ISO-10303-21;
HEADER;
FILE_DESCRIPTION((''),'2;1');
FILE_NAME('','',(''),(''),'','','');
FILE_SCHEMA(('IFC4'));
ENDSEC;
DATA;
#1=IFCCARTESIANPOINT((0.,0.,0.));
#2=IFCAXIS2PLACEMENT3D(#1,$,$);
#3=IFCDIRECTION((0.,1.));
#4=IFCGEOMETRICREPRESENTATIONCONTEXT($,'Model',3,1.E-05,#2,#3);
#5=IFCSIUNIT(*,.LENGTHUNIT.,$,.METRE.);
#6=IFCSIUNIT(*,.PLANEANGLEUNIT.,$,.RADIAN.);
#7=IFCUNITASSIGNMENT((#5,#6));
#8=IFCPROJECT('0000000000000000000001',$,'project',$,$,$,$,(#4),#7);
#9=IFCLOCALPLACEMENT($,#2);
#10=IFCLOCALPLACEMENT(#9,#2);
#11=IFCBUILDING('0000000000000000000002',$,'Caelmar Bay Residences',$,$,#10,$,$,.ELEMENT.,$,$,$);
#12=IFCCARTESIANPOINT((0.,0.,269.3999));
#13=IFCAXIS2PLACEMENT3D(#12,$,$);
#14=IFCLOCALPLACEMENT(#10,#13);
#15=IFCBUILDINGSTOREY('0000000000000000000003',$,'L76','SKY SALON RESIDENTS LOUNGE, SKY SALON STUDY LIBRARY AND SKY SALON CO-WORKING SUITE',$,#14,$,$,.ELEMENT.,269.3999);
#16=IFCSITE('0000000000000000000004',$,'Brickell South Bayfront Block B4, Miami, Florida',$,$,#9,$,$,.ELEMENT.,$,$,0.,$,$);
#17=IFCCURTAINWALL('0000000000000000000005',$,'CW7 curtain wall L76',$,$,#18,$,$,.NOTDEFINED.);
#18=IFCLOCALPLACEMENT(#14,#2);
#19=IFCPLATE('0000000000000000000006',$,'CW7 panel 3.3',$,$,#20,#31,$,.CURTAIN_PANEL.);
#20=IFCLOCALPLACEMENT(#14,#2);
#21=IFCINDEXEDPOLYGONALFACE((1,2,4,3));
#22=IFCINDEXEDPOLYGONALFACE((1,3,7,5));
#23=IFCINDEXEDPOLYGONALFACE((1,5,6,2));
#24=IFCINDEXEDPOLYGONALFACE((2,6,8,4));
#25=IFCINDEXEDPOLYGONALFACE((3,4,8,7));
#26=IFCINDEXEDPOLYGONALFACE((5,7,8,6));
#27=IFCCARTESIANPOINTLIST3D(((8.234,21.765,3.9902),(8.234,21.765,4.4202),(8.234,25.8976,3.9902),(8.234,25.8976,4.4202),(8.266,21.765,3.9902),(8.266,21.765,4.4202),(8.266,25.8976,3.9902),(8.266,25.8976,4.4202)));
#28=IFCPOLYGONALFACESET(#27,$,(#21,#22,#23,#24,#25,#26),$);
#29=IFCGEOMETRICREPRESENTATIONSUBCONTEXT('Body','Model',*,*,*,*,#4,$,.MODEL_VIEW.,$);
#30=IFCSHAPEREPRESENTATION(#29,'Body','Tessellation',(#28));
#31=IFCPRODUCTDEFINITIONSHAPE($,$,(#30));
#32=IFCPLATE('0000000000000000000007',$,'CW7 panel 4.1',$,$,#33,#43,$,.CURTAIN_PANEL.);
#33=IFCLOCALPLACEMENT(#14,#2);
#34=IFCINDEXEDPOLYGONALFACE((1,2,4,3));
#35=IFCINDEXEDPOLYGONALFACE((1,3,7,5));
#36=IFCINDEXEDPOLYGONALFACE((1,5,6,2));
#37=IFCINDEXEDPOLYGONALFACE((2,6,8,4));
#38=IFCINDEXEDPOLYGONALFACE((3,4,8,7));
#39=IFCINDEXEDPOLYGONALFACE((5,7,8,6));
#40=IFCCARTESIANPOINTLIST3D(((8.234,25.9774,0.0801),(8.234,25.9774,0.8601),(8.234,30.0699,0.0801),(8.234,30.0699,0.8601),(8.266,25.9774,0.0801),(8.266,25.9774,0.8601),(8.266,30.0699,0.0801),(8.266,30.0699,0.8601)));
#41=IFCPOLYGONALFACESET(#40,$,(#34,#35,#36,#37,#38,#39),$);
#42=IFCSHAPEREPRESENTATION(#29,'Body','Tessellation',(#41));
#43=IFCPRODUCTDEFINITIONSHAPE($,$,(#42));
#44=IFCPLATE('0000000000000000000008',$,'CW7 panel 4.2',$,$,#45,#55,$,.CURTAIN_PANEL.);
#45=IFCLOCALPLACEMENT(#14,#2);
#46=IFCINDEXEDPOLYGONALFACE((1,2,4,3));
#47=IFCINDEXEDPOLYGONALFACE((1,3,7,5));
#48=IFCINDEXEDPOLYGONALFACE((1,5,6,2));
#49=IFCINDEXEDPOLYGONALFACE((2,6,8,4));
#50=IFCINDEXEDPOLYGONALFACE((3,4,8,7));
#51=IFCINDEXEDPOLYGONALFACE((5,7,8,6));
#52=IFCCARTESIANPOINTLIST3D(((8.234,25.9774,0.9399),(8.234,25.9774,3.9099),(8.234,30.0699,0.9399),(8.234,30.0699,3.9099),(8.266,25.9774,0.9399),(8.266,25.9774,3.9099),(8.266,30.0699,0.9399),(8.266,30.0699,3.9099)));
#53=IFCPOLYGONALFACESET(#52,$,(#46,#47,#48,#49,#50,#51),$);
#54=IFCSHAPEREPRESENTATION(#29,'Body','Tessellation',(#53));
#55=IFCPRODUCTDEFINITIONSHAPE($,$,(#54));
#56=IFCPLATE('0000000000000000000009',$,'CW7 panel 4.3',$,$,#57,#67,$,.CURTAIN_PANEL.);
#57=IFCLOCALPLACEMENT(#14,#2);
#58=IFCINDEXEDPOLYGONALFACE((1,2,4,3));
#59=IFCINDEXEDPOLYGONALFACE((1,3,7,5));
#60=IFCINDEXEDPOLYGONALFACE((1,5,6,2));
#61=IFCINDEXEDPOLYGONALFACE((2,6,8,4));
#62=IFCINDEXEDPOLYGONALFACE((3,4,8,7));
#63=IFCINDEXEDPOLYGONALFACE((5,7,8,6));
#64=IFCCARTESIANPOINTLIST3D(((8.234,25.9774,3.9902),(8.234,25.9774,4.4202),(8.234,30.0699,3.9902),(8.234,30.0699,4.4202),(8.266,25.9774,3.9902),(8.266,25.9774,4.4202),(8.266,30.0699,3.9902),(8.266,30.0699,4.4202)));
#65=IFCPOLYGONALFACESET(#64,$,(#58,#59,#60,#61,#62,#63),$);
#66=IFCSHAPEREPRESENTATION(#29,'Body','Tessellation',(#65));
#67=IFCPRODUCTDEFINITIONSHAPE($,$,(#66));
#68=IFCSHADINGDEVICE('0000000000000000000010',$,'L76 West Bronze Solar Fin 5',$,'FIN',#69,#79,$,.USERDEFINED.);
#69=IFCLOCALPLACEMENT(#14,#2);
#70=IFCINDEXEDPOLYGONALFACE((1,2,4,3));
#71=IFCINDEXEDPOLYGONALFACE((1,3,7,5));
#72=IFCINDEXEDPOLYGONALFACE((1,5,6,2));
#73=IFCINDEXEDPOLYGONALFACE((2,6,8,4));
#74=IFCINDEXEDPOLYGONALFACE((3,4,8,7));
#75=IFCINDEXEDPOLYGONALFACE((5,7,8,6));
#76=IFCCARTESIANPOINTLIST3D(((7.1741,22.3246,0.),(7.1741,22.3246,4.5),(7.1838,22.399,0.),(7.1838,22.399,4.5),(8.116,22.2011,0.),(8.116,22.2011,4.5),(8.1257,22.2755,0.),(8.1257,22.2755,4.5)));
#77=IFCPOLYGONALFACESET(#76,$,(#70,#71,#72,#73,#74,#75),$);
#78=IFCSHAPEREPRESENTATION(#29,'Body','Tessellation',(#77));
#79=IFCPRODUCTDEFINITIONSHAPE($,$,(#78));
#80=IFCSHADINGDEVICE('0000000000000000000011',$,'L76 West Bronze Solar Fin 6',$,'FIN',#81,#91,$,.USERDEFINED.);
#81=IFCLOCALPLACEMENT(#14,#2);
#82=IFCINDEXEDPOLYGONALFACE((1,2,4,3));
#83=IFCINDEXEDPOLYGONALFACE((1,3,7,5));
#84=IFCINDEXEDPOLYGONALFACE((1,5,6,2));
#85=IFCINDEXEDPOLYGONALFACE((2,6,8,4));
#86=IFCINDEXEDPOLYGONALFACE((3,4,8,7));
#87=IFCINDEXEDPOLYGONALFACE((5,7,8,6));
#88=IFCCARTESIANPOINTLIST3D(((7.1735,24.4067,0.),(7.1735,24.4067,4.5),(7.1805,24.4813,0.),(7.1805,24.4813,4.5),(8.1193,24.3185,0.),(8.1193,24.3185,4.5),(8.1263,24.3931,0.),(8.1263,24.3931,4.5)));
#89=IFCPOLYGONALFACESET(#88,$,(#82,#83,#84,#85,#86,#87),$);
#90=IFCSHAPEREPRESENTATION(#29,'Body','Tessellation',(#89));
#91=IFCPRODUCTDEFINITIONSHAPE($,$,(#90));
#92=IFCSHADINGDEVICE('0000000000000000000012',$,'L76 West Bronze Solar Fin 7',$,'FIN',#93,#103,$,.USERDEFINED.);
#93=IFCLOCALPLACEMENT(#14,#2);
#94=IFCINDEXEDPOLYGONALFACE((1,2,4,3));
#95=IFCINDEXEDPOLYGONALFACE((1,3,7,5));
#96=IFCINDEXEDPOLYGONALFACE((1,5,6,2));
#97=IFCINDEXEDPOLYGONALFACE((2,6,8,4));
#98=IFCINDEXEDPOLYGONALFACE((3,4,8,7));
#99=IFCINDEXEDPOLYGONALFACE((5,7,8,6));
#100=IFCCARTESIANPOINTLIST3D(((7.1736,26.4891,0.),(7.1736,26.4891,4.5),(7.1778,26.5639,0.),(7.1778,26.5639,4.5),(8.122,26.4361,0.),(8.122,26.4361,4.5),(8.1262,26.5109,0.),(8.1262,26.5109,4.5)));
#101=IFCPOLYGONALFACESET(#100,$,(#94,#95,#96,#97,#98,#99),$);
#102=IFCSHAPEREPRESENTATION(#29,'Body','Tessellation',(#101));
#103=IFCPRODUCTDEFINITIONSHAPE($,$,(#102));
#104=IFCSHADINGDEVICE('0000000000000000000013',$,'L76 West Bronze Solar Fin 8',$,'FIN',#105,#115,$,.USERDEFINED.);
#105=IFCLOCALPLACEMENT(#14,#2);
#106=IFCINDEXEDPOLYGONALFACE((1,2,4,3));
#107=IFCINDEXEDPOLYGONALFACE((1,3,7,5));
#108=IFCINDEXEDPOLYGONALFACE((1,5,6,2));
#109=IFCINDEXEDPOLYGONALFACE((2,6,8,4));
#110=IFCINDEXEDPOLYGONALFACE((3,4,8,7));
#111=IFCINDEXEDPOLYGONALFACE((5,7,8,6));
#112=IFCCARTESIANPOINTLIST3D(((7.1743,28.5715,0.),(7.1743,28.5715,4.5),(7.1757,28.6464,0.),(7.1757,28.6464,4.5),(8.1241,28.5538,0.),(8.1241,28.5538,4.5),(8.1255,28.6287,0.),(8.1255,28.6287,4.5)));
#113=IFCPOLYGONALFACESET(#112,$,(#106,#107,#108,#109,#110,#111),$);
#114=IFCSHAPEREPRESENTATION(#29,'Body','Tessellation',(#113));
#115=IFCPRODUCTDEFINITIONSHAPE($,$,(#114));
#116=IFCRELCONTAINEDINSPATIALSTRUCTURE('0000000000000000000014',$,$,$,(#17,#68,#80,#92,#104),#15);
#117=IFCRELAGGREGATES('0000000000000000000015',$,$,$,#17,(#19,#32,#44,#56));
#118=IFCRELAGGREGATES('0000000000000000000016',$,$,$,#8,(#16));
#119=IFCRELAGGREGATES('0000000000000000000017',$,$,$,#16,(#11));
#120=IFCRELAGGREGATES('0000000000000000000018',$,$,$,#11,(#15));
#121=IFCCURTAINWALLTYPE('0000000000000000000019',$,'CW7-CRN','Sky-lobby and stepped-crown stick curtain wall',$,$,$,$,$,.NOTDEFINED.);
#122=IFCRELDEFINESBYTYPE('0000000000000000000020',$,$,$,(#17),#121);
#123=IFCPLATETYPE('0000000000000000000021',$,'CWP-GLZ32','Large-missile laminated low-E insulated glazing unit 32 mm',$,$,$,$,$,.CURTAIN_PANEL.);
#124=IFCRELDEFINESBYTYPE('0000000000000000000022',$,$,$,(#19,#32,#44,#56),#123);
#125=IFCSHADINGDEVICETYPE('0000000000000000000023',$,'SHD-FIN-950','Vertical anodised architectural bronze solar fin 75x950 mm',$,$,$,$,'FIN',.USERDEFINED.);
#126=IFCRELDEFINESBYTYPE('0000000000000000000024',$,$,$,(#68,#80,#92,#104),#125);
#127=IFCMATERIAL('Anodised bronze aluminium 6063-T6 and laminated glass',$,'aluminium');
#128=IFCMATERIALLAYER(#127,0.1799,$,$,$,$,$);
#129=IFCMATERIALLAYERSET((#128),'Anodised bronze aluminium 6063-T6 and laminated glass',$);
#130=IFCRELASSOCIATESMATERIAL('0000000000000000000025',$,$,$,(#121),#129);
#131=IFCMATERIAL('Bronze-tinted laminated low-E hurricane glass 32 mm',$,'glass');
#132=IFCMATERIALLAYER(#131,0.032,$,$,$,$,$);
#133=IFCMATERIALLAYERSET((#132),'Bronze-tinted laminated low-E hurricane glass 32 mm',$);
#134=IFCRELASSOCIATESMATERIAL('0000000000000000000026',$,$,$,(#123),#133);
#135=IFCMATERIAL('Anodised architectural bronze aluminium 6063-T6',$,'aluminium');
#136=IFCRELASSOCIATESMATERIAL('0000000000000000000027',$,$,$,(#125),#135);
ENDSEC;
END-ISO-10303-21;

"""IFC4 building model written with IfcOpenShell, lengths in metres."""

from ifc_helpers import new_model, si_unit, direction, frame, origin, origin_2d, place, context, subcontext, project, spatial, rectangle, extrude, material, layer, layer_set, material_profile, profile_set, type_object, element, aggregate, save


model = new_model("IFC4")

# Units and contexts
model_context = context("Model", 3, precision=1e-05, world=origin(), true_north=direction((0.0, 1.0)))
body_context = subcontext(model_context, "Body", "Model", "MODEL_VIEW")
ifc_project = project(units=[si_unit("LENGTHUNIT", "METRE"), si_unit("PLANEANGLEUNIT", "RADIAN")], contexts=[model_context])

# Site, building, storey
site_placement = place(None, origin())
site = spatial("IfcSite", under=ifc_project, at=site_placement, Name="Brickell South Bayfront Block B4, Miami, Florida", CompositionType="ELEMENT", RefElevation=0.0)
building_placement = place(site_placement, origin())
building = spatial("IfcBuilding", under=site, at=building_placement, Name="Caelmar Bay Residences", CompositionType="ELEMENT")
storey_placement = place(building_placement, frame((0.0, 0.0, 269.3999)))
storey = spatial("IfcBuildingStorey", under=building, at=storey_placement, Name="L76", Description="SKY SALON RESIDENTS LOUNGE, SKY SALON STUDY LIBRARY AND SKY SALON CO-WORKING SUITE", CompositionType="ELEMENT", Elevation=269.3999)

# Curtain wall, plates
ifc_material_1 = material(Name="Anodised bronze aluminium 6063-T6 and laminated glass", Category="aluminium")
ifc_layer_1 = layer(ifc_material_1, 0.1799)
ifc_layer_set_1 = layer_set([ifc_layer_1], Name="Anodised bronze aluminium 6063-T6 and laminated glass")
curtain_wall_type = type_object("IfcCurtainWallType", Name="CW7-CRN", Description="Sky-lobby and stepped-crown stick curtain wall", PredefinedType="NOTDEFINED", material=ifc_layer_set_1)
curtain_wall_placement = place(storey_placement, origin())
curtain_wall = element("IfcCurtainWall", 1, at=curtain_wall_placement, inside=storey, type_object=curtain_wall_type, Name="CW7 curtain wall L76", PredefinedType="NOTDEFINED")
ifc_material_2 = material(Name="Bronze-tinted laminated low-E hurricane glass 32 mm", Category="glass")
ifc_layer_2 = layer(ifc_material_2, 0.032)
ifc_layer_set_2 = layer_set([ifc_layer_2], Name="Bronze-tinted laminated low-E hurricane glass 32 mm")
plate_type = type_object("IfcPlateType", Name="CWP-GLZ32", Description="Large-missile laminated low-E insulated glazing unit 32 mm", PredefinedType="CURTAIN_PANEL", material=ifc_layer_set_2)
plate_1_placement = place(storey_placement, frame((8.25, 23.8313, 3.9902), z_axis=(0.0, 0.0, 1.0), x_axis=(0.0, 1.0, 0.0)))
plate_1 = element("IfcPlate", 2, at=plate_1_placement, type_object=plate_type, Name="CW7 panel 3.3", PredefinedType="CURTAIN_PANEL", context=body_context, shape_type="SweptSolid", body=[
    extrude(rectangle(XDim=4.1326, YDim=0.032, at=origin_2d()), origin(), (0.0, 0.0, 1.0), 0.4299),
])
plate_2_placement = place(storey_placement, frame((8.25, 28.0237, 0.0801), z_axis=(0.0, 0.0, 1.0), x_axis=(0.0, 1.0, 0.0)))
plate_2 = element("IfcPlate", 3, at=plate_2_placement, type_object=plate_type, Name="CW7 panel 4.1", PredefinedType="CURTAIN_PANEL", context=body_context, shape_type="SweptSolid", body=[
    extrude(rectangle(XDim=4.0925, YDim=0.032, at=origin_2d()), origin(), (0.0, 0.0, 1.0), 0.78),
])
plate_3_placement = place(storey_placement, frame((8.25, 28.0237, 0.9399), z_axis=(0.0, 0.0, 1.0), x_axis=(0.0, 1.0, 0.0)))
plate_3 = element("IfcPlate", 4, at=plate_3_placement, type_object=plate_type, Name="CW7 panel 4.2", PredefinedType="CURTAIN_PANEL", context=body_context, shape_type="SweptSolid", body=[
    extrude(rectangle(XDim=4.0925, YDim=0.032, at=origin_2d()), origin(), (0.0, 0.0, 1.0), 2.97),
])
plate_4_placement = place(storey_placement, frame((8.25, 28.0237, 3.9902), z_axis=(0.0, 0.0, 1.0), x_axis=(0.0, 1.0, 0.0)))
plate_4 = element("IfcPlate", 5, at=plate_4_placement, type_object=plate_type, Name="CW7 panel 4.3", PredefinedType="CURTAIN_PANEL", context=body_context, shape_type="SweptSolid", body=[
    extrude(rectangle(XDim=4.0925, YDim=0.032, at=origin_2d()), origin(), (0.0, 0.0, 1.0), 0.4299),
])
aggregate(curtain_wall, [plate_1, plate_2, plate_3, plate_4])

# Shading devices
ifc_material_3 = material(Name="Anodised architectural bronze aluminium 6063-T6", Category="aluminium")
ifc_material_profile_1 = material_profile(ifc_material_3, rectangle(XDim=0.075, YDim=0.95, at=origin_2d()), Name="BRONZE-FIN-75X950")
ifc_profile_set_1 = profile_set([ifc_material_profile_1], Name="Anodised architectural bronze aluminium 6063-T6")
shading_device_type = type_object("IfcShadingDeviceType", Name="SHD-FIN-950", Description="Vertical anodised architectural bronze solar fin 75x950 mm", ElementType="FIN", PredefinedType="USERDEFINED", material=ifc_profile_set_1)
for number, where, z_axis, x_axis, name in (
    (6, (7.6499, 22.3, 0.0), (0.0, 0.0, 1.0), (0.130007, 0.991513, 0.0), "L76 West Bronze Solar Fin 5"),
    (7, (7.6499, 24.3999, 0.0), (0.0, 0.0, 1.0), (0.092892, 0.995676, 0.0), "L76 West Bronze Solar Fin 6"),
    (8, (7.6499, 26.5, 0.0), (0.0, 0.0, 1.0), (0.055822, 0.998441, 0.0), "L76 West Bronze Solar Fin 7"),
    (9, (7.6499, 28.6001, 0.0), (0.0, 0.0, 1.0), (0.018674, 0.999826, 0.0), "L76 West Bronze Solar Fin 8"),
):
    element("IfcShadingDevice", number, at=place(storey_placement, frame(where, z_axis=z_axis, x_axis=x_axis)), inside=storey, type_object=shading_device_type, Name=name, ObjectType="FIN", PredefinedType="USERDEFINED", context=body_context, shape_type="SweptSolid", body=[
        extrude(rectangle(XDim=0.075, YDim=0.95, at=origin_2d()), origin(), (0.0, 0.0, 1.0), 4.5),
    ])

save(model, "model.ifc")
